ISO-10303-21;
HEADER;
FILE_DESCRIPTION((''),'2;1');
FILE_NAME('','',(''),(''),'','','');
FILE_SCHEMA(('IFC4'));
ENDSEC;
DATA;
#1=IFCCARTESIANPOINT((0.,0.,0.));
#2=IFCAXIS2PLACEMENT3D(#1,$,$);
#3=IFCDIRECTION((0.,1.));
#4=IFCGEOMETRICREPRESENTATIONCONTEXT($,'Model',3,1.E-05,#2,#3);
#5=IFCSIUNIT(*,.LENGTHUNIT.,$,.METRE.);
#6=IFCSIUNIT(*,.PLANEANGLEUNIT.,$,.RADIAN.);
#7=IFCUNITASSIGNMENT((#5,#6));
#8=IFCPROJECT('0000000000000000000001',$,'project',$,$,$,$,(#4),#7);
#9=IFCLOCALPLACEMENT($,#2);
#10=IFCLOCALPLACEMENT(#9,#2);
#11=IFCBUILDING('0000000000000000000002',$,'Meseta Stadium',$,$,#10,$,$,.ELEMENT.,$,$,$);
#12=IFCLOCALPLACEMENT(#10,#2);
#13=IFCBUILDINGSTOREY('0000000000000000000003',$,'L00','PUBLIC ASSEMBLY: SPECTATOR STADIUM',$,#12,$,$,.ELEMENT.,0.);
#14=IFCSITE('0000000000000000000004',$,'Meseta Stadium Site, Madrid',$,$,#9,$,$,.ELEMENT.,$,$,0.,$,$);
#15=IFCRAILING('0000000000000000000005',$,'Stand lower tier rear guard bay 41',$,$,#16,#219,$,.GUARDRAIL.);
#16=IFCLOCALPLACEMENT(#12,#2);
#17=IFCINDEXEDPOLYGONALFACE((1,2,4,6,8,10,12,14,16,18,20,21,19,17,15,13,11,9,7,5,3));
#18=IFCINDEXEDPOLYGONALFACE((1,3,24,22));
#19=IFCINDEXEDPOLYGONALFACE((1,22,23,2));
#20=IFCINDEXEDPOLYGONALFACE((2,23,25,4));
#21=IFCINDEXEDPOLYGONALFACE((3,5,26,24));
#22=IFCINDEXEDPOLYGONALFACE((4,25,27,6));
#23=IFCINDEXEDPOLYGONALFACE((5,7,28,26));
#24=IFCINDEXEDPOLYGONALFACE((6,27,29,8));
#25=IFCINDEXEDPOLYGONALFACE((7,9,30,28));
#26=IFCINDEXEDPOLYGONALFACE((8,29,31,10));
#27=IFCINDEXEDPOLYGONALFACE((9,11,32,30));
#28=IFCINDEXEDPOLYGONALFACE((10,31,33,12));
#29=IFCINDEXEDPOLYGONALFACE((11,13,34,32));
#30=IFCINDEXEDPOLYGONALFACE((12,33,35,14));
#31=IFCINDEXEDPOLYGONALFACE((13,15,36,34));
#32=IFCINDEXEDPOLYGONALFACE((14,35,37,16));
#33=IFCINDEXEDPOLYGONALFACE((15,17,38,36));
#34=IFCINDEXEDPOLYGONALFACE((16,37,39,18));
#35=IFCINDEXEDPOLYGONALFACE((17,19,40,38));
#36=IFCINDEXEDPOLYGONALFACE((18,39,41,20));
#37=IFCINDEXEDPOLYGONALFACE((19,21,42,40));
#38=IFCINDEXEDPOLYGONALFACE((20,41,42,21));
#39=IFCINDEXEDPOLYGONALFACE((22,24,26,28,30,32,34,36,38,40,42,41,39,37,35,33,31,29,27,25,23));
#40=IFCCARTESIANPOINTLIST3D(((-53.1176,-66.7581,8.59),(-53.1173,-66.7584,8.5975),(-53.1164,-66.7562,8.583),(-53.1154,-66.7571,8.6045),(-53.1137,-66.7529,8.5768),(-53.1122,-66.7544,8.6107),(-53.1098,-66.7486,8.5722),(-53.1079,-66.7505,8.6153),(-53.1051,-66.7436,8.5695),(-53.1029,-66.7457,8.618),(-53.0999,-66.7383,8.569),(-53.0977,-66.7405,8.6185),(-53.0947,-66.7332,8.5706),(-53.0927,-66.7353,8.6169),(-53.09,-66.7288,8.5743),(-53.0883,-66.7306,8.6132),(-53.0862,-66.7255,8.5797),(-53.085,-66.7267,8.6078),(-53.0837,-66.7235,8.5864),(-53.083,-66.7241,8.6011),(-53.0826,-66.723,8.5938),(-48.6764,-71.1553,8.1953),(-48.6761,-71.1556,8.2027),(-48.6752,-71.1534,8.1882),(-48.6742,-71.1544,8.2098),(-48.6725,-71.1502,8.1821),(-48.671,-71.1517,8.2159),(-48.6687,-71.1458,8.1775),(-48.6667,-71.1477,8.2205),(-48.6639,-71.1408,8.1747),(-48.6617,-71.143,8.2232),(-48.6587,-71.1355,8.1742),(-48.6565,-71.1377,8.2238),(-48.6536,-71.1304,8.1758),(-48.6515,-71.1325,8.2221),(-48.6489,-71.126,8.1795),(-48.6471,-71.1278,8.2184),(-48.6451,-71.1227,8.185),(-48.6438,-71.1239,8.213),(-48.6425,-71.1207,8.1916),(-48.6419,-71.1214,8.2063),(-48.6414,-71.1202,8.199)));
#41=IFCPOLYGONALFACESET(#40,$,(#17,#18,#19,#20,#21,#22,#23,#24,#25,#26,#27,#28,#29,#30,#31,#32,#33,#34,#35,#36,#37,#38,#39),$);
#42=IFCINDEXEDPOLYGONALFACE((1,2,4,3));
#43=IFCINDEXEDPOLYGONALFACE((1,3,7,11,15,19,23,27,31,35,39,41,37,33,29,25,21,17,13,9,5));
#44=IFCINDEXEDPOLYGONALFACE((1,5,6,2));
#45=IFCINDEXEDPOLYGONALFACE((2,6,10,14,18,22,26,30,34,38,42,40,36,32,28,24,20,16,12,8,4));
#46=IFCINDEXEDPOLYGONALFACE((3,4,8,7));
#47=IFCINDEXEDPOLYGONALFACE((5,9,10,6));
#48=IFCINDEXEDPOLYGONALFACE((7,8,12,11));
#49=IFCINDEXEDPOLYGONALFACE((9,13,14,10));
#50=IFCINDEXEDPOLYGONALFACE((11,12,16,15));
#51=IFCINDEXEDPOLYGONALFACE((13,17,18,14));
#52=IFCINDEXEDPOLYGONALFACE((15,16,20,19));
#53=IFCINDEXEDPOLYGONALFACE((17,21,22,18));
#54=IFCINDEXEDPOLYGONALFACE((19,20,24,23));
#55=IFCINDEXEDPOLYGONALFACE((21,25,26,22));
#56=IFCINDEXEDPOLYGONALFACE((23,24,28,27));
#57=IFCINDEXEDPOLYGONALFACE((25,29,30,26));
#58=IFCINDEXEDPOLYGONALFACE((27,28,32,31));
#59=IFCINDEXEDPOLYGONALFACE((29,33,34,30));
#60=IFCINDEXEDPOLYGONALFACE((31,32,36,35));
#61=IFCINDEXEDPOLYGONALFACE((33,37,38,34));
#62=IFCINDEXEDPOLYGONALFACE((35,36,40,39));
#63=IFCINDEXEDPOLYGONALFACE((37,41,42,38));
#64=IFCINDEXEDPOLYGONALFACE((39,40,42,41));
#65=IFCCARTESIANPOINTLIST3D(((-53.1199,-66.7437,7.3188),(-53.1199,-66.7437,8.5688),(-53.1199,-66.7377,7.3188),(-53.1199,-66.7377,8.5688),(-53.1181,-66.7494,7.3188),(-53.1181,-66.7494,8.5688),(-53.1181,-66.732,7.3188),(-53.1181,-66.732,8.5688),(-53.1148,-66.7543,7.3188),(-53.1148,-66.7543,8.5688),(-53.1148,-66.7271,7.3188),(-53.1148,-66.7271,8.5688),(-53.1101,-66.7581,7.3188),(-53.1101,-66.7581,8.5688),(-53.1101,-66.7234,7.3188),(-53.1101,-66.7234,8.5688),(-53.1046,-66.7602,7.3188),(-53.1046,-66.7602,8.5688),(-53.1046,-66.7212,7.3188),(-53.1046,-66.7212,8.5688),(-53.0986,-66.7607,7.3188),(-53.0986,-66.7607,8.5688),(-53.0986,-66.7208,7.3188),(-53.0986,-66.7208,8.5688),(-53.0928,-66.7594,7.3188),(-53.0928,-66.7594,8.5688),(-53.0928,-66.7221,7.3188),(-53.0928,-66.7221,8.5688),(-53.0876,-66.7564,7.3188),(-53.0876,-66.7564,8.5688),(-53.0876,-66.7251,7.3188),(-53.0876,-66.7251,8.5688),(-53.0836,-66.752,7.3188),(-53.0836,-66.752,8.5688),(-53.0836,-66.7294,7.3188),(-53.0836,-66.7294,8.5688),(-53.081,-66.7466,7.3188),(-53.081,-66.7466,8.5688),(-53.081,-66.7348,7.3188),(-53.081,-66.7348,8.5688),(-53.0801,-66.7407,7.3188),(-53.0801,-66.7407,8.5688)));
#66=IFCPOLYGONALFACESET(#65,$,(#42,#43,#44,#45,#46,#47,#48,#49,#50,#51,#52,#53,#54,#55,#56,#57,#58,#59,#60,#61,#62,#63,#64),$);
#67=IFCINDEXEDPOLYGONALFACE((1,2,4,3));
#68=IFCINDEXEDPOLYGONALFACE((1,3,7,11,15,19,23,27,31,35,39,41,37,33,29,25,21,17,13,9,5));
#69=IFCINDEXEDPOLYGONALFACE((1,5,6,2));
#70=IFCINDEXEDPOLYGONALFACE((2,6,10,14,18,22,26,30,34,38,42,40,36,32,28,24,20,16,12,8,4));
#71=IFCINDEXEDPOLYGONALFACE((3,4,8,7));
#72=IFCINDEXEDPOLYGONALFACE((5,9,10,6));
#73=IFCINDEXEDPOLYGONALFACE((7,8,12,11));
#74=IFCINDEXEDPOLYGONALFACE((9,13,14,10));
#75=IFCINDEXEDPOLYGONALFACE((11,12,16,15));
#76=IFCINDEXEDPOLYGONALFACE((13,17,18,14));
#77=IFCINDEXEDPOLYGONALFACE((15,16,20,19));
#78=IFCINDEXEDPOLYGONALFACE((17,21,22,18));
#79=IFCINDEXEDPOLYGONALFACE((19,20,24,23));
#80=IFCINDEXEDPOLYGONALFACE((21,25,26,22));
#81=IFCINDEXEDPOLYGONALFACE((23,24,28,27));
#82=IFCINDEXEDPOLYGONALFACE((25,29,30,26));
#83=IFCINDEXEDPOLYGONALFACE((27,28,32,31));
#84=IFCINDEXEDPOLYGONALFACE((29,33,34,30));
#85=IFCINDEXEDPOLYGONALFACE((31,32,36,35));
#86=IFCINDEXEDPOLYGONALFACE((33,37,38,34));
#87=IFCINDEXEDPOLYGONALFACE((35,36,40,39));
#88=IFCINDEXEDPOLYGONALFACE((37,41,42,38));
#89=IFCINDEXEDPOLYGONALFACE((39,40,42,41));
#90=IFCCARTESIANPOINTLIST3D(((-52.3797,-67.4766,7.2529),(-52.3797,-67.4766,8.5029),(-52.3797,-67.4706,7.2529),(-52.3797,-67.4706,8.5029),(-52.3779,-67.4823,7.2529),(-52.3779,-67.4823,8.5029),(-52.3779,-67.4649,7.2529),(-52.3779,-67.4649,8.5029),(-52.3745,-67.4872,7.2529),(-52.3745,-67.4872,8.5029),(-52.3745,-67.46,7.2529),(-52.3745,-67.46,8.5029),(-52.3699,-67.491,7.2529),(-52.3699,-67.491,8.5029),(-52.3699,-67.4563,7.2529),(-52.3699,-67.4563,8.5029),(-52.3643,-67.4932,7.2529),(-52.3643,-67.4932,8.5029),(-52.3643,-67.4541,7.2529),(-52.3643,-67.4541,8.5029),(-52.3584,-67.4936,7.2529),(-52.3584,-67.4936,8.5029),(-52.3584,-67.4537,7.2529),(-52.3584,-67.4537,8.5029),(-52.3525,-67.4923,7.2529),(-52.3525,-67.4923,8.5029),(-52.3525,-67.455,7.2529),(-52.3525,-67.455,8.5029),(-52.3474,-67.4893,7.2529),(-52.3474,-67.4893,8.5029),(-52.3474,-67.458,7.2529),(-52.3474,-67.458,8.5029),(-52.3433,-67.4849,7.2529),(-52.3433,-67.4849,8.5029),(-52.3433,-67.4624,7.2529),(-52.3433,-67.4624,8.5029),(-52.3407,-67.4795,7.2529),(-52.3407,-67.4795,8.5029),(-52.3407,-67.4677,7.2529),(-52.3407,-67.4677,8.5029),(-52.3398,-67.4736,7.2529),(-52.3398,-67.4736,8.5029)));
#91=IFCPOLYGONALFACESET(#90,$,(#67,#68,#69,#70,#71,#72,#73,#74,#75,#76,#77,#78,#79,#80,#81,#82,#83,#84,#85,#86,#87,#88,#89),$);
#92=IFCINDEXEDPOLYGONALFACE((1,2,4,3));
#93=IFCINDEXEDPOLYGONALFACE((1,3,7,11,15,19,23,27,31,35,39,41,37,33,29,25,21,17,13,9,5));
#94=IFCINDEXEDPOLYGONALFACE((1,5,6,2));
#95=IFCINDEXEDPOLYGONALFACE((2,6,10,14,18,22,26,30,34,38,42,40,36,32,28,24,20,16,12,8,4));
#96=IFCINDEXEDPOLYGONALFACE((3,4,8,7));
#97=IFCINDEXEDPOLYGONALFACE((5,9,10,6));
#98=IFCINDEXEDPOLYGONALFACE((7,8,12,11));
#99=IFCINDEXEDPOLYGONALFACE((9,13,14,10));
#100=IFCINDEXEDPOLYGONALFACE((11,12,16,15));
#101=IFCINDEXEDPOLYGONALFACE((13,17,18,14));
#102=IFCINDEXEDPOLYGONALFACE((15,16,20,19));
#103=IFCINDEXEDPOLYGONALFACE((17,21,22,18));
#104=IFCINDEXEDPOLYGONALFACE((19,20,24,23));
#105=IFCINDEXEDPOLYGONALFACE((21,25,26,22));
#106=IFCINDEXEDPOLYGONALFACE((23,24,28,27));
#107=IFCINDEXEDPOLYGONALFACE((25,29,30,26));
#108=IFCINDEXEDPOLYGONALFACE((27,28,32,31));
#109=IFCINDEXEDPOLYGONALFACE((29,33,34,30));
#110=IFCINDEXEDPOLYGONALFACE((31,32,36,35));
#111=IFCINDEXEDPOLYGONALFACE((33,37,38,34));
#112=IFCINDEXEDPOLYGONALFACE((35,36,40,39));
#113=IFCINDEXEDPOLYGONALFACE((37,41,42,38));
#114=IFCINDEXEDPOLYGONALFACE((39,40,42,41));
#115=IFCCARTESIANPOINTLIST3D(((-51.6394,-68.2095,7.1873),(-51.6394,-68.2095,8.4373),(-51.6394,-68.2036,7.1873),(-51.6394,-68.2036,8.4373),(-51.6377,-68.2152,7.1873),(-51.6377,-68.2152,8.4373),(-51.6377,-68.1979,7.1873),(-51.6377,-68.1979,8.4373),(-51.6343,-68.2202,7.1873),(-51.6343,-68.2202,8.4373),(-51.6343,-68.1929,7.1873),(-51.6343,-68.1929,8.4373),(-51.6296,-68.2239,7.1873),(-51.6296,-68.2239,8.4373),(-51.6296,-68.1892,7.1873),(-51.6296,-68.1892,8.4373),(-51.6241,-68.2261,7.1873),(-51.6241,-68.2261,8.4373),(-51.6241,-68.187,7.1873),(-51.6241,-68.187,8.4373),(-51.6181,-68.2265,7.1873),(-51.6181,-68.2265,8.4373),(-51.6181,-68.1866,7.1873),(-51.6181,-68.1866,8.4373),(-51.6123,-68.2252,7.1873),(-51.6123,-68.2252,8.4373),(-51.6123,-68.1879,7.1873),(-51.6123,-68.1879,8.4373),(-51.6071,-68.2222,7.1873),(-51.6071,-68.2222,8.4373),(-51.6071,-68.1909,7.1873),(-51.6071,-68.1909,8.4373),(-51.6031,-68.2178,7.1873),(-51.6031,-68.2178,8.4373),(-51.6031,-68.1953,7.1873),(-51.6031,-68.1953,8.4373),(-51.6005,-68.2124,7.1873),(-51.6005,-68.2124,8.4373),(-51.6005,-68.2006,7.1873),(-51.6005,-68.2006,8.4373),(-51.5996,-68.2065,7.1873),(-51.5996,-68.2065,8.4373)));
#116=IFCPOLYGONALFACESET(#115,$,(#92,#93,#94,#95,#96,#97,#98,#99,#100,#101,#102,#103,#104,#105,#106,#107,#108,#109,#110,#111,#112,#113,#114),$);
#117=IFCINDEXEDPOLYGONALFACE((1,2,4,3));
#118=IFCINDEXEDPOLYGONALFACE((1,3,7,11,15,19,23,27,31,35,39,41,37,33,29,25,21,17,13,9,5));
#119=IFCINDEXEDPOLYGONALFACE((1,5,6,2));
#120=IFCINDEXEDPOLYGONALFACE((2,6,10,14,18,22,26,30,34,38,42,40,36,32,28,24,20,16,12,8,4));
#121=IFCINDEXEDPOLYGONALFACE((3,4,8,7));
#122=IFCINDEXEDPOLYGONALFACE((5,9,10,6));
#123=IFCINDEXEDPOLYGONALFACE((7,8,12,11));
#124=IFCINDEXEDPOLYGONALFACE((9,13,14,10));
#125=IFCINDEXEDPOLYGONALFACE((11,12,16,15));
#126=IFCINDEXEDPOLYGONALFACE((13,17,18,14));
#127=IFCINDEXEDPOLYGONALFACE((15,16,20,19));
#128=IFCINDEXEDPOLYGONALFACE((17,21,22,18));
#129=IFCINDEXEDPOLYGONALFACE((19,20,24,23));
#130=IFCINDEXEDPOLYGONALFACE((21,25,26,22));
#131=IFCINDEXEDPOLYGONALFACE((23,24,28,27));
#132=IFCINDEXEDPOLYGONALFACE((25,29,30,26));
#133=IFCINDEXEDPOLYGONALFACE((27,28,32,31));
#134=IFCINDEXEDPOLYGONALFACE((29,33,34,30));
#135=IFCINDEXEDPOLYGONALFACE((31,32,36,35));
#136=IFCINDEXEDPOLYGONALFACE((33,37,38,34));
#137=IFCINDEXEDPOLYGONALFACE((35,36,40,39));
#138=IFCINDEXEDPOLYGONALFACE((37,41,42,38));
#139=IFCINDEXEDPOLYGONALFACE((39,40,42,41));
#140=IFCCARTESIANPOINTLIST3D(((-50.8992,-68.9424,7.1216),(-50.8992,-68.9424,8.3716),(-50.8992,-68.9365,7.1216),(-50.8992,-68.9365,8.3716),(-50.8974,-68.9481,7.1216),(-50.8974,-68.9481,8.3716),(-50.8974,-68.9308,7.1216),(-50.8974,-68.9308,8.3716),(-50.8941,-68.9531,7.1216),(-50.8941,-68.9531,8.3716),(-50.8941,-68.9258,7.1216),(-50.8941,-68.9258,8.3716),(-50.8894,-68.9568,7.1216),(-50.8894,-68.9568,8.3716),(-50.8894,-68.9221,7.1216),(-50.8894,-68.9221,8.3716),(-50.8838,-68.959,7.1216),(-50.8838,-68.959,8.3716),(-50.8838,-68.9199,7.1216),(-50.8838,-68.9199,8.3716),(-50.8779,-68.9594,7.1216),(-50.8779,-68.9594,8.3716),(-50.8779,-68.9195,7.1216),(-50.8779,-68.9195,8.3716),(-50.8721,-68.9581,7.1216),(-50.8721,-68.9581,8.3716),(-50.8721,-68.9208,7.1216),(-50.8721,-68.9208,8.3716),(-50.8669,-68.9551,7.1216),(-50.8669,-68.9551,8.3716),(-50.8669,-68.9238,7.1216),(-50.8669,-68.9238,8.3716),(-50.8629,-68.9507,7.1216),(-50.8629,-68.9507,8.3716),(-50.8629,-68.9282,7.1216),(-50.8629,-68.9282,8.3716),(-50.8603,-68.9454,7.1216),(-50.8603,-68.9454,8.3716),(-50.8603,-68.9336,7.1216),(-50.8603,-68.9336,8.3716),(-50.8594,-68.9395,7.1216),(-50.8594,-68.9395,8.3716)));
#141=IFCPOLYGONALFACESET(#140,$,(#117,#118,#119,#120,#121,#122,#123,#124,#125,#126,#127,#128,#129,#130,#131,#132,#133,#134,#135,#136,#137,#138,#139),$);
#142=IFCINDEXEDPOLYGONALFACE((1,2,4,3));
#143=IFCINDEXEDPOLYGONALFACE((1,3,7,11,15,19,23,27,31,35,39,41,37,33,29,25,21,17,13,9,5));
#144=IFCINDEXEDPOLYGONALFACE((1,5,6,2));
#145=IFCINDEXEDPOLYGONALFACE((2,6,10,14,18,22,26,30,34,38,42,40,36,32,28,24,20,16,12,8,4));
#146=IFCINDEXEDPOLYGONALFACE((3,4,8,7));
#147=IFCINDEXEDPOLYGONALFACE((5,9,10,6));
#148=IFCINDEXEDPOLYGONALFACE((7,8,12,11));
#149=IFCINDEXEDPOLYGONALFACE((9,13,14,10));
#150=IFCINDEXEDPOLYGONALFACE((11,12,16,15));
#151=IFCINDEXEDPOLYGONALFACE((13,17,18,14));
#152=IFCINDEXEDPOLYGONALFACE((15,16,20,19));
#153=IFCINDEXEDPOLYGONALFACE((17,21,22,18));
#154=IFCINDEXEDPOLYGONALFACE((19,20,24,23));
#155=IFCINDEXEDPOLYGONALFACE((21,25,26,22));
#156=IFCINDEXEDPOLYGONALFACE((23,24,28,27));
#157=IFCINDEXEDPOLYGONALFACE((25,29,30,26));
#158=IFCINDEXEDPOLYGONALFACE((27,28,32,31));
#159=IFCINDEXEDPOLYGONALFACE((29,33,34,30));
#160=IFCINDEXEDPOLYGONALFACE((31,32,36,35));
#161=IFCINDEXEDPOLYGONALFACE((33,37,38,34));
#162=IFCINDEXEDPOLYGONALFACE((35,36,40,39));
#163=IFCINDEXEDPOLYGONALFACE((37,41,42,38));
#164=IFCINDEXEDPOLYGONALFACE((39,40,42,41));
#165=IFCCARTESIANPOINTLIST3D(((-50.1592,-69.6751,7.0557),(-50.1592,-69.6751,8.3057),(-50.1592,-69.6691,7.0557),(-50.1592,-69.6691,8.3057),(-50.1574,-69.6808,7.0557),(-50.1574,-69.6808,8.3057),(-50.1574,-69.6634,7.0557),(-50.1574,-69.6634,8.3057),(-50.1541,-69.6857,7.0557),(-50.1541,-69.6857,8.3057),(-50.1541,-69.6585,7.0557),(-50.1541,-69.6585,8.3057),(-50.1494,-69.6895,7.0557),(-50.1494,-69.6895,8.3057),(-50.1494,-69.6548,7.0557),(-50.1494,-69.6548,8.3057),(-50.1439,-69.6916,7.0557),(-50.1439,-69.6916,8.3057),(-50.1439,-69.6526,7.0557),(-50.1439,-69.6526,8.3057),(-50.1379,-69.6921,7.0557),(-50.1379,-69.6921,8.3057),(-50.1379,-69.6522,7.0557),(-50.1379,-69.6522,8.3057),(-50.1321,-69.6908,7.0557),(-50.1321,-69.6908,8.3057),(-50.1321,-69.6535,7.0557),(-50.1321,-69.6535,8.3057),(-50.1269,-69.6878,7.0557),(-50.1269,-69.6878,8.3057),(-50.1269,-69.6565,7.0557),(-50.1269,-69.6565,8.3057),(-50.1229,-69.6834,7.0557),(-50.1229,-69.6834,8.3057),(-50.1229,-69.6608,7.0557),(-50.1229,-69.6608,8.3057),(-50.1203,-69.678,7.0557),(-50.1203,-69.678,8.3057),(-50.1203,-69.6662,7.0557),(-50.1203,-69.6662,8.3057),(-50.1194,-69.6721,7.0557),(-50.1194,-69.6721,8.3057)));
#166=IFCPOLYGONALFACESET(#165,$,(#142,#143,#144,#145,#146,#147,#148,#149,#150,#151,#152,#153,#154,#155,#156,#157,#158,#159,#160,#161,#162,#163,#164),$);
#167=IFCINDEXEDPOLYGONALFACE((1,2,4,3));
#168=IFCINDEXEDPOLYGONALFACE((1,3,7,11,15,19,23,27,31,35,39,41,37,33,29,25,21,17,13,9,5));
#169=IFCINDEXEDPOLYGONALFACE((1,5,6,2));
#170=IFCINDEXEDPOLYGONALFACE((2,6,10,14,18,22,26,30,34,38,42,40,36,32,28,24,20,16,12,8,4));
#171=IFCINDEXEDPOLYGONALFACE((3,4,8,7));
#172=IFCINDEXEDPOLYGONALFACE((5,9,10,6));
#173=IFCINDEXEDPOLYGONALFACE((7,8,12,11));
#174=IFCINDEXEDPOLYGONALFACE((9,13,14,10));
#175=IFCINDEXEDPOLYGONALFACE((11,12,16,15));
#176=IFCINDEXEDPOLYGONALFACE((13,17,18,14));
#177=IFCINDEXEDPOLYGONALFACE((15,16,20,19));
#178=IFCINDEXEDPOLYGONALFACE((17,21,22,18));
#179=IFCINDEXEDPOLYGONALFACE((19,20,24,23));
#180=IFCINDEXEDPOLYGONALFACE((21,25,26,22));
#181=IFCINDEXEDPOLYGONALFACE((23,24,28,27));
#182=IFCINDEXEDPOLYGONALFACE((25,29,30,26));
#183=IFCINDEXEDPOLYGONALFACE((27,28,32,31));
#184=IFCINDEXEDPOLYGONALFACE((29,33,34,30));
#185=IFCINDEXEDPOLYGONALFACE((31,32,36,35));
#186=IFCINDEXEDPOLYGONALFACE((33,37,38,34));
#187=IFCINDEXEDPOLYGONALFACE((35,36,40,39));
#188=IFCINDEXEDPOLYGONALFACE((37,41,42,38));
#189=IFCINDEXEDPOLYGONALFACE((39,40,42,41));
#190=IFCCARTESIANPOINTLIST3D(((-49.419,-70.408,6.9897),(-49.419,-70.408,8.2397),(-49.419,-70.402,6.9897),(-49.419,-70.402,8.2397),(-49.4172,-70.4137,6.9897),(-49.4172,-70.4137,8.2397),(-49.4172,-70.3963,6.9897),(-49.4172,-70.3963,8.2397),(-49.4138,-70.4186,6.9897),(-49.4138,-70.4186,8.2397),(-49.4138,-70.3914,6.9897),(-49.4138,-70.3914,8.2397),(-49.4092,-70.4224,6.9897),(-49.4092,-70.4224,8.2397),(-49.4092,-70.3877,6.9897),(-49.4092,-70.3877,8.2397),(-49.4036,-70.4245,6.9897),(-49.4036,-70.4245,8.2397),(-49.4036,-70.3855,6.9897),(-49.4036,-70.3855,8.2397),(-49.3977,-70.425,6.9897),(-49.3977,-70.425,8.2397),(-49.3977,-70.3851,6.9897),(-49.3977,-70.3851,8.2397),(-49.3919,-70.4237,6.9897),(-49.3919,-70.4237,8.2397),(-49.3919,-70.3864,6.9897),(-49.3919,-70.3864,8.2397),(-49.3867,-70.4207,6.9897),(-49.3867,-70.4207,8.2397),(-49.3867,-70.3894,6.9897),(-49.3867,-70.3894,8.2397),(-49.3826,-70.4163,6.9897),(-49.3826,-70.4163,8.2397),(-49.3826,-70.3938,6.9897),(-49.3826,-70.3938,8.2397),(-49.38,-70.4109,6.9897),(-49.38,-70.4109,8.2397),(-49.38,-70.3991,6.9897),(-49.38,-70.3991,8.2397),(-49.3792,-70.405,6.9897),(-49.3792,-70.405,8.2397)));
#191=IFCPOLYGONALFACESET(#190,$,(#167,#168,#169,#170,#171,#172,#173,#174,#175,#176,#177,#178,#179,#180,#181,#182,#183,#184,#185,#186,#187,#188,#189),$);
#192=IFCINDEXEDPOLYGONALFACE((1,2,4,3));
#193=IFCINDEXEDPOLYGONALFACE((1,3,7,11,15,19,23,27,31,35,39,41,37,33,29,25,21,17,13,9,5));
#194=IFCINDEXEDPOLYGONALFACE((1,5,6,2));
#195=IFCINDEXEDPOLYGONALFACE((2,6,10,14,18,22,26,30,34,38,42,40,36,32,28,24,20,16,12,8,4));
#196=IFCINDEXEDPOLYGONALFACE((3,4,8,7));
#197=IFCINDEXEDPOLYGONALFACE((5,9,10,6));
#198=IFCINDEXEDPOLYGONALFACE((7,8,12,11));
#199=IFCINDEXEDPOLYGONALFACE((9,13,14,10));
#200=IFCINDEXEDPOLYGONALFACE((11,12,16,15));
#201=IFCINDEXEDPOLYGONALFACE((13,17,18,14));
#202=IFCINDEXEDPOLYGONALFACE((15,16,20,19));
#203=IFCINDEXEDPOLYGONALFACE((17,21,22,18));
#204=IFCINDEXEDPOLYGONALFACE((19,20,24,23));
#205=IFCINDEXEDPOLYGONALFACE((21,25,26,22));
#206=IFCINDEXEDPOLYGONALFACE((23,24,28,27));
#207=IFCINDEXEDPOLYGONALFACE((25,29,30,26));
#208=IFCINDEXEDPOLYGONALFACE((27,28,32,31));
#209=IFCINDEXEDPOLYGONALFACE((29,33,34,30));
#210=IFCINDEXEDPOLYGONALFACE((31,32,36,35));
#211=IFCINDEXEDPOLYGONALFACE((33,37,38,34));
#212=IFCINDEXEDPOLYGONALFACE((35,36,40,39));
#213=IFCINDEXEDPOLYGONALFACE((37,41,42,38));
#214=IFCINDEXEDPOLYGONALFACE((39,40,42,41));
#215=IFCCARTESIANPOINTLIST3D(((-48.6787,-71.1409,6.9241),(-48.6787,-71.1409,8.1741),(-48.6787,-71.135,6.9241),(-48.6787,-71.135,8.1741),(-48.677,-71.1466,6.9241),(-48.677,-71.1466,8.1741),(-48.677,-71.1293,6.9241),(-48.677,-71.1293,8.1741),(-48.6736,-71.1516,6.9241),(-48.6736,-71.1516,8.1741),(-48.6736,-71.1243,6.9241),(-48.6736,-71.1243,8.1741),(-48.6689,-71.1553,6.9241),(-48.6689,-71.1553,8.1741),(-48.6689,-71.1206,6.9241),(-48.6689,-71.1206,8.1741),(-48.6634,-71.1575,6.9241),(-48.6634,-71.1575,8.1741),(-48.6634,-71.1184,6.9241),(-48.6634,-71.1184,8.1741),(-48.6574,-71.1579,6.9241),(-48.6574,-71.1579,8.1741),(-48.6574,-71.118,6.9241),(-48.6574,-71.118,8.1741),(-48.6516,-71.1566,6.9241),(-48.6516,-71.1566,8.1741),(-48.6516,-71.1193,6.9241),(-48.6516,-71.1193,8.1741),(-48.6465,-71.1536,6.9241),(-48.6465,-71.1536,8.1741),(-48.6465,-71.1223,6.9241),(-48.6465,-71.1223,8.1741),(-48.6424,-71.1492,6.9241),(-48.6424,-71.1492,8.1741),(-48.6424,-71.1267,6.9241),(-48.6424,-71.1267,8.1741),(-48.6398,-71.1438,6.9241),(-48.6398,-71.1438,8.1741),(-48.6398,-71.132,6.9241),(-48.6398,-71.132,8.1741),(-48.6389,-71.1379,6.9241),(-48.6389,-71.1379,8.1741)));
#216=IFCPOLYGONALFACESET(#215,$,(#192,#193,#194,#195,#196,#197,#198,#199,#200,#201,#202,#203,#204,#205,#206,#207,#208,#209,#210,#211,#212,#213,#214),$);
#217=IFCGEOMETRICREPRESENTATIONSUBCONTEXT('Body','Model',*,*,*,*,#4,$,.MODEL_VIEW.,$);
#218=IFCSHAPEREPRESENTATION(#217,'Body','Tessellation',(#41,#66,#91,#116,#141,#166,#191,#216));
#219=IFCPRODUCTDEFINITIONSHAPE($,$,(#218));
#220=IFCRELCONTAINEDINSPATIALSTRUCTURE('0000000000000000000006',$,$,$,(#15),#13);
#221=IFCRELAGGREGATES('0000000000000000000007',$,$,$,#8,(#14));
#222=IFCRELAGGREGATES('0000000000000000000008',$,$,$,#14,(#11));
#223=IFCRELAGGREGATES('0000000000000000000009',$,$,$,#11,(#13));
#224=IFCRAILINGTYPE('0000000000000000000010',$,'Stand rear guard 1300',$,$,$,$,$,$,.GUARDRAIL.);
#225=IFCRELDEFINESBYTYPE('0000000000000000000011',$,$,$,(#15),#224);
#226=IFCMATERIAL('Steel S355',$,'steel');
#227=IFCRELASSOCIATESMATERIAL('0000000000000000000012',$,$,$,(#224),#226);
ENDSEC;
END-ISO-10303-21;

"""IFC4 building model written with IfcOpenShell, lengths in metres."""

from ifc_helpers import new_model, si_unit, direction, frame, origin, origin_2d, place, context, subcontext, project, spatial, circle, extrude, material, type_object, element, save


model = new_model("IFC4")

# Units and contexts
model_context = context("Model", 3, precision=1e-05, world=origin(), true_north=direction((0.0, 1.0)))
body_context = subcontext(model_context, "Body", "Model", "MODEL_VIEW")
ifc_project = project(units=[si_unit("LENGTHUNIT", "METRE"), si_unit("PLANEANGLEUNIT", "RADIAN")], contexts=[model_context])

# Site, building, storey
site_placement = place(None, origin())
site = spatial("IfcSite", under=ifc_project, at=site_placement, Name="Meseta Stadium Site, Madrid", CompositionType="ELEMENT", RefElevation=0.0)
building_placement = place(site_placement, origin())
building = spatial("IfcBuilding", under=site, at=building_placement, Name="Meseta Stadium", CompositionType="ELEMENT")
storey_placement = place(building_placement, origin())
storey = spatial("IfcBuildingStorey", under=building, at=storey_placement, Name="L00", Description="PUBLIC ASSEMBLY: SPECTATOR STADIUM", CompositionType="ELEMENT", Elevation=0.0)

# Railing
ifc_material_1 = material(Name="Steel S355", Category="steel")
railing_type = type_object("IfcRailingType", Name="Stand rear guard 1300", PredefinedType="GUARDRAIL", material=ifc_material_1)
railing_1_placement = place(storey_placement, frame((-53.1001, -66.7407, 7.3188)))
element("IfcRailing", 1, at=railing_1_placement, inside=storey, type_object=railing_type, Name="Stand lower tier rear guard bay 41", PredefinedType="GUARDRAIL", context=body_context, shape_type="SweptSolid", body=[
    extrude(circle(Radius=0.0249, at=origin_2d()), frame((0.0, 0.0, 1.2749), z_axis=(0.7092, -0.702183, -0.063041), x_axis=(0.703582, 0.710614, 0.0)), (0.0, 0.0, 1.0), 6.2622),
    extrude(circle(Radius=0.02, at=origin_2d()), origin(), (0.0, 0.0, 1.0), 1.25),
    extrude(circle(Radius=0.02, at=origin_2d()), frame((0.7402, -0.7329, -0.0659)), (0.0, 0.0, 1.0), 1.25),
    extrude(circle(Radius=0.02, at=origin_2d()), frame((1.4805, -1.4658, -0.1316)), (0.0, 0.0, 1.0), 1.25),
    extrude(circle(Radius=0.02, at=origin_2d()), frame((2.2207, -2.1987, -0.1973)), (0.0, 0.0, 1.0), 1.25),
    extrude(circle(Radius=0.02, at=origin_2d()), frame((2.9607, -2.9314, -0.2632)), (0.0, 0.0, 1.0), 1.25),
    extrude(circle(Radius=0.02, at=origin_2d()), frame((3.7009, -3.6643, -0.3291)), (0.0, 0.0, 1.0), 1.25),
    extrude(circle(Radius=0.02, at=origin_2d()), frame((4.4412, -4.3972, -0.3948)), (0.0, 0.0, 1.0), 1.25),
])

save(model, "model.ifc")
